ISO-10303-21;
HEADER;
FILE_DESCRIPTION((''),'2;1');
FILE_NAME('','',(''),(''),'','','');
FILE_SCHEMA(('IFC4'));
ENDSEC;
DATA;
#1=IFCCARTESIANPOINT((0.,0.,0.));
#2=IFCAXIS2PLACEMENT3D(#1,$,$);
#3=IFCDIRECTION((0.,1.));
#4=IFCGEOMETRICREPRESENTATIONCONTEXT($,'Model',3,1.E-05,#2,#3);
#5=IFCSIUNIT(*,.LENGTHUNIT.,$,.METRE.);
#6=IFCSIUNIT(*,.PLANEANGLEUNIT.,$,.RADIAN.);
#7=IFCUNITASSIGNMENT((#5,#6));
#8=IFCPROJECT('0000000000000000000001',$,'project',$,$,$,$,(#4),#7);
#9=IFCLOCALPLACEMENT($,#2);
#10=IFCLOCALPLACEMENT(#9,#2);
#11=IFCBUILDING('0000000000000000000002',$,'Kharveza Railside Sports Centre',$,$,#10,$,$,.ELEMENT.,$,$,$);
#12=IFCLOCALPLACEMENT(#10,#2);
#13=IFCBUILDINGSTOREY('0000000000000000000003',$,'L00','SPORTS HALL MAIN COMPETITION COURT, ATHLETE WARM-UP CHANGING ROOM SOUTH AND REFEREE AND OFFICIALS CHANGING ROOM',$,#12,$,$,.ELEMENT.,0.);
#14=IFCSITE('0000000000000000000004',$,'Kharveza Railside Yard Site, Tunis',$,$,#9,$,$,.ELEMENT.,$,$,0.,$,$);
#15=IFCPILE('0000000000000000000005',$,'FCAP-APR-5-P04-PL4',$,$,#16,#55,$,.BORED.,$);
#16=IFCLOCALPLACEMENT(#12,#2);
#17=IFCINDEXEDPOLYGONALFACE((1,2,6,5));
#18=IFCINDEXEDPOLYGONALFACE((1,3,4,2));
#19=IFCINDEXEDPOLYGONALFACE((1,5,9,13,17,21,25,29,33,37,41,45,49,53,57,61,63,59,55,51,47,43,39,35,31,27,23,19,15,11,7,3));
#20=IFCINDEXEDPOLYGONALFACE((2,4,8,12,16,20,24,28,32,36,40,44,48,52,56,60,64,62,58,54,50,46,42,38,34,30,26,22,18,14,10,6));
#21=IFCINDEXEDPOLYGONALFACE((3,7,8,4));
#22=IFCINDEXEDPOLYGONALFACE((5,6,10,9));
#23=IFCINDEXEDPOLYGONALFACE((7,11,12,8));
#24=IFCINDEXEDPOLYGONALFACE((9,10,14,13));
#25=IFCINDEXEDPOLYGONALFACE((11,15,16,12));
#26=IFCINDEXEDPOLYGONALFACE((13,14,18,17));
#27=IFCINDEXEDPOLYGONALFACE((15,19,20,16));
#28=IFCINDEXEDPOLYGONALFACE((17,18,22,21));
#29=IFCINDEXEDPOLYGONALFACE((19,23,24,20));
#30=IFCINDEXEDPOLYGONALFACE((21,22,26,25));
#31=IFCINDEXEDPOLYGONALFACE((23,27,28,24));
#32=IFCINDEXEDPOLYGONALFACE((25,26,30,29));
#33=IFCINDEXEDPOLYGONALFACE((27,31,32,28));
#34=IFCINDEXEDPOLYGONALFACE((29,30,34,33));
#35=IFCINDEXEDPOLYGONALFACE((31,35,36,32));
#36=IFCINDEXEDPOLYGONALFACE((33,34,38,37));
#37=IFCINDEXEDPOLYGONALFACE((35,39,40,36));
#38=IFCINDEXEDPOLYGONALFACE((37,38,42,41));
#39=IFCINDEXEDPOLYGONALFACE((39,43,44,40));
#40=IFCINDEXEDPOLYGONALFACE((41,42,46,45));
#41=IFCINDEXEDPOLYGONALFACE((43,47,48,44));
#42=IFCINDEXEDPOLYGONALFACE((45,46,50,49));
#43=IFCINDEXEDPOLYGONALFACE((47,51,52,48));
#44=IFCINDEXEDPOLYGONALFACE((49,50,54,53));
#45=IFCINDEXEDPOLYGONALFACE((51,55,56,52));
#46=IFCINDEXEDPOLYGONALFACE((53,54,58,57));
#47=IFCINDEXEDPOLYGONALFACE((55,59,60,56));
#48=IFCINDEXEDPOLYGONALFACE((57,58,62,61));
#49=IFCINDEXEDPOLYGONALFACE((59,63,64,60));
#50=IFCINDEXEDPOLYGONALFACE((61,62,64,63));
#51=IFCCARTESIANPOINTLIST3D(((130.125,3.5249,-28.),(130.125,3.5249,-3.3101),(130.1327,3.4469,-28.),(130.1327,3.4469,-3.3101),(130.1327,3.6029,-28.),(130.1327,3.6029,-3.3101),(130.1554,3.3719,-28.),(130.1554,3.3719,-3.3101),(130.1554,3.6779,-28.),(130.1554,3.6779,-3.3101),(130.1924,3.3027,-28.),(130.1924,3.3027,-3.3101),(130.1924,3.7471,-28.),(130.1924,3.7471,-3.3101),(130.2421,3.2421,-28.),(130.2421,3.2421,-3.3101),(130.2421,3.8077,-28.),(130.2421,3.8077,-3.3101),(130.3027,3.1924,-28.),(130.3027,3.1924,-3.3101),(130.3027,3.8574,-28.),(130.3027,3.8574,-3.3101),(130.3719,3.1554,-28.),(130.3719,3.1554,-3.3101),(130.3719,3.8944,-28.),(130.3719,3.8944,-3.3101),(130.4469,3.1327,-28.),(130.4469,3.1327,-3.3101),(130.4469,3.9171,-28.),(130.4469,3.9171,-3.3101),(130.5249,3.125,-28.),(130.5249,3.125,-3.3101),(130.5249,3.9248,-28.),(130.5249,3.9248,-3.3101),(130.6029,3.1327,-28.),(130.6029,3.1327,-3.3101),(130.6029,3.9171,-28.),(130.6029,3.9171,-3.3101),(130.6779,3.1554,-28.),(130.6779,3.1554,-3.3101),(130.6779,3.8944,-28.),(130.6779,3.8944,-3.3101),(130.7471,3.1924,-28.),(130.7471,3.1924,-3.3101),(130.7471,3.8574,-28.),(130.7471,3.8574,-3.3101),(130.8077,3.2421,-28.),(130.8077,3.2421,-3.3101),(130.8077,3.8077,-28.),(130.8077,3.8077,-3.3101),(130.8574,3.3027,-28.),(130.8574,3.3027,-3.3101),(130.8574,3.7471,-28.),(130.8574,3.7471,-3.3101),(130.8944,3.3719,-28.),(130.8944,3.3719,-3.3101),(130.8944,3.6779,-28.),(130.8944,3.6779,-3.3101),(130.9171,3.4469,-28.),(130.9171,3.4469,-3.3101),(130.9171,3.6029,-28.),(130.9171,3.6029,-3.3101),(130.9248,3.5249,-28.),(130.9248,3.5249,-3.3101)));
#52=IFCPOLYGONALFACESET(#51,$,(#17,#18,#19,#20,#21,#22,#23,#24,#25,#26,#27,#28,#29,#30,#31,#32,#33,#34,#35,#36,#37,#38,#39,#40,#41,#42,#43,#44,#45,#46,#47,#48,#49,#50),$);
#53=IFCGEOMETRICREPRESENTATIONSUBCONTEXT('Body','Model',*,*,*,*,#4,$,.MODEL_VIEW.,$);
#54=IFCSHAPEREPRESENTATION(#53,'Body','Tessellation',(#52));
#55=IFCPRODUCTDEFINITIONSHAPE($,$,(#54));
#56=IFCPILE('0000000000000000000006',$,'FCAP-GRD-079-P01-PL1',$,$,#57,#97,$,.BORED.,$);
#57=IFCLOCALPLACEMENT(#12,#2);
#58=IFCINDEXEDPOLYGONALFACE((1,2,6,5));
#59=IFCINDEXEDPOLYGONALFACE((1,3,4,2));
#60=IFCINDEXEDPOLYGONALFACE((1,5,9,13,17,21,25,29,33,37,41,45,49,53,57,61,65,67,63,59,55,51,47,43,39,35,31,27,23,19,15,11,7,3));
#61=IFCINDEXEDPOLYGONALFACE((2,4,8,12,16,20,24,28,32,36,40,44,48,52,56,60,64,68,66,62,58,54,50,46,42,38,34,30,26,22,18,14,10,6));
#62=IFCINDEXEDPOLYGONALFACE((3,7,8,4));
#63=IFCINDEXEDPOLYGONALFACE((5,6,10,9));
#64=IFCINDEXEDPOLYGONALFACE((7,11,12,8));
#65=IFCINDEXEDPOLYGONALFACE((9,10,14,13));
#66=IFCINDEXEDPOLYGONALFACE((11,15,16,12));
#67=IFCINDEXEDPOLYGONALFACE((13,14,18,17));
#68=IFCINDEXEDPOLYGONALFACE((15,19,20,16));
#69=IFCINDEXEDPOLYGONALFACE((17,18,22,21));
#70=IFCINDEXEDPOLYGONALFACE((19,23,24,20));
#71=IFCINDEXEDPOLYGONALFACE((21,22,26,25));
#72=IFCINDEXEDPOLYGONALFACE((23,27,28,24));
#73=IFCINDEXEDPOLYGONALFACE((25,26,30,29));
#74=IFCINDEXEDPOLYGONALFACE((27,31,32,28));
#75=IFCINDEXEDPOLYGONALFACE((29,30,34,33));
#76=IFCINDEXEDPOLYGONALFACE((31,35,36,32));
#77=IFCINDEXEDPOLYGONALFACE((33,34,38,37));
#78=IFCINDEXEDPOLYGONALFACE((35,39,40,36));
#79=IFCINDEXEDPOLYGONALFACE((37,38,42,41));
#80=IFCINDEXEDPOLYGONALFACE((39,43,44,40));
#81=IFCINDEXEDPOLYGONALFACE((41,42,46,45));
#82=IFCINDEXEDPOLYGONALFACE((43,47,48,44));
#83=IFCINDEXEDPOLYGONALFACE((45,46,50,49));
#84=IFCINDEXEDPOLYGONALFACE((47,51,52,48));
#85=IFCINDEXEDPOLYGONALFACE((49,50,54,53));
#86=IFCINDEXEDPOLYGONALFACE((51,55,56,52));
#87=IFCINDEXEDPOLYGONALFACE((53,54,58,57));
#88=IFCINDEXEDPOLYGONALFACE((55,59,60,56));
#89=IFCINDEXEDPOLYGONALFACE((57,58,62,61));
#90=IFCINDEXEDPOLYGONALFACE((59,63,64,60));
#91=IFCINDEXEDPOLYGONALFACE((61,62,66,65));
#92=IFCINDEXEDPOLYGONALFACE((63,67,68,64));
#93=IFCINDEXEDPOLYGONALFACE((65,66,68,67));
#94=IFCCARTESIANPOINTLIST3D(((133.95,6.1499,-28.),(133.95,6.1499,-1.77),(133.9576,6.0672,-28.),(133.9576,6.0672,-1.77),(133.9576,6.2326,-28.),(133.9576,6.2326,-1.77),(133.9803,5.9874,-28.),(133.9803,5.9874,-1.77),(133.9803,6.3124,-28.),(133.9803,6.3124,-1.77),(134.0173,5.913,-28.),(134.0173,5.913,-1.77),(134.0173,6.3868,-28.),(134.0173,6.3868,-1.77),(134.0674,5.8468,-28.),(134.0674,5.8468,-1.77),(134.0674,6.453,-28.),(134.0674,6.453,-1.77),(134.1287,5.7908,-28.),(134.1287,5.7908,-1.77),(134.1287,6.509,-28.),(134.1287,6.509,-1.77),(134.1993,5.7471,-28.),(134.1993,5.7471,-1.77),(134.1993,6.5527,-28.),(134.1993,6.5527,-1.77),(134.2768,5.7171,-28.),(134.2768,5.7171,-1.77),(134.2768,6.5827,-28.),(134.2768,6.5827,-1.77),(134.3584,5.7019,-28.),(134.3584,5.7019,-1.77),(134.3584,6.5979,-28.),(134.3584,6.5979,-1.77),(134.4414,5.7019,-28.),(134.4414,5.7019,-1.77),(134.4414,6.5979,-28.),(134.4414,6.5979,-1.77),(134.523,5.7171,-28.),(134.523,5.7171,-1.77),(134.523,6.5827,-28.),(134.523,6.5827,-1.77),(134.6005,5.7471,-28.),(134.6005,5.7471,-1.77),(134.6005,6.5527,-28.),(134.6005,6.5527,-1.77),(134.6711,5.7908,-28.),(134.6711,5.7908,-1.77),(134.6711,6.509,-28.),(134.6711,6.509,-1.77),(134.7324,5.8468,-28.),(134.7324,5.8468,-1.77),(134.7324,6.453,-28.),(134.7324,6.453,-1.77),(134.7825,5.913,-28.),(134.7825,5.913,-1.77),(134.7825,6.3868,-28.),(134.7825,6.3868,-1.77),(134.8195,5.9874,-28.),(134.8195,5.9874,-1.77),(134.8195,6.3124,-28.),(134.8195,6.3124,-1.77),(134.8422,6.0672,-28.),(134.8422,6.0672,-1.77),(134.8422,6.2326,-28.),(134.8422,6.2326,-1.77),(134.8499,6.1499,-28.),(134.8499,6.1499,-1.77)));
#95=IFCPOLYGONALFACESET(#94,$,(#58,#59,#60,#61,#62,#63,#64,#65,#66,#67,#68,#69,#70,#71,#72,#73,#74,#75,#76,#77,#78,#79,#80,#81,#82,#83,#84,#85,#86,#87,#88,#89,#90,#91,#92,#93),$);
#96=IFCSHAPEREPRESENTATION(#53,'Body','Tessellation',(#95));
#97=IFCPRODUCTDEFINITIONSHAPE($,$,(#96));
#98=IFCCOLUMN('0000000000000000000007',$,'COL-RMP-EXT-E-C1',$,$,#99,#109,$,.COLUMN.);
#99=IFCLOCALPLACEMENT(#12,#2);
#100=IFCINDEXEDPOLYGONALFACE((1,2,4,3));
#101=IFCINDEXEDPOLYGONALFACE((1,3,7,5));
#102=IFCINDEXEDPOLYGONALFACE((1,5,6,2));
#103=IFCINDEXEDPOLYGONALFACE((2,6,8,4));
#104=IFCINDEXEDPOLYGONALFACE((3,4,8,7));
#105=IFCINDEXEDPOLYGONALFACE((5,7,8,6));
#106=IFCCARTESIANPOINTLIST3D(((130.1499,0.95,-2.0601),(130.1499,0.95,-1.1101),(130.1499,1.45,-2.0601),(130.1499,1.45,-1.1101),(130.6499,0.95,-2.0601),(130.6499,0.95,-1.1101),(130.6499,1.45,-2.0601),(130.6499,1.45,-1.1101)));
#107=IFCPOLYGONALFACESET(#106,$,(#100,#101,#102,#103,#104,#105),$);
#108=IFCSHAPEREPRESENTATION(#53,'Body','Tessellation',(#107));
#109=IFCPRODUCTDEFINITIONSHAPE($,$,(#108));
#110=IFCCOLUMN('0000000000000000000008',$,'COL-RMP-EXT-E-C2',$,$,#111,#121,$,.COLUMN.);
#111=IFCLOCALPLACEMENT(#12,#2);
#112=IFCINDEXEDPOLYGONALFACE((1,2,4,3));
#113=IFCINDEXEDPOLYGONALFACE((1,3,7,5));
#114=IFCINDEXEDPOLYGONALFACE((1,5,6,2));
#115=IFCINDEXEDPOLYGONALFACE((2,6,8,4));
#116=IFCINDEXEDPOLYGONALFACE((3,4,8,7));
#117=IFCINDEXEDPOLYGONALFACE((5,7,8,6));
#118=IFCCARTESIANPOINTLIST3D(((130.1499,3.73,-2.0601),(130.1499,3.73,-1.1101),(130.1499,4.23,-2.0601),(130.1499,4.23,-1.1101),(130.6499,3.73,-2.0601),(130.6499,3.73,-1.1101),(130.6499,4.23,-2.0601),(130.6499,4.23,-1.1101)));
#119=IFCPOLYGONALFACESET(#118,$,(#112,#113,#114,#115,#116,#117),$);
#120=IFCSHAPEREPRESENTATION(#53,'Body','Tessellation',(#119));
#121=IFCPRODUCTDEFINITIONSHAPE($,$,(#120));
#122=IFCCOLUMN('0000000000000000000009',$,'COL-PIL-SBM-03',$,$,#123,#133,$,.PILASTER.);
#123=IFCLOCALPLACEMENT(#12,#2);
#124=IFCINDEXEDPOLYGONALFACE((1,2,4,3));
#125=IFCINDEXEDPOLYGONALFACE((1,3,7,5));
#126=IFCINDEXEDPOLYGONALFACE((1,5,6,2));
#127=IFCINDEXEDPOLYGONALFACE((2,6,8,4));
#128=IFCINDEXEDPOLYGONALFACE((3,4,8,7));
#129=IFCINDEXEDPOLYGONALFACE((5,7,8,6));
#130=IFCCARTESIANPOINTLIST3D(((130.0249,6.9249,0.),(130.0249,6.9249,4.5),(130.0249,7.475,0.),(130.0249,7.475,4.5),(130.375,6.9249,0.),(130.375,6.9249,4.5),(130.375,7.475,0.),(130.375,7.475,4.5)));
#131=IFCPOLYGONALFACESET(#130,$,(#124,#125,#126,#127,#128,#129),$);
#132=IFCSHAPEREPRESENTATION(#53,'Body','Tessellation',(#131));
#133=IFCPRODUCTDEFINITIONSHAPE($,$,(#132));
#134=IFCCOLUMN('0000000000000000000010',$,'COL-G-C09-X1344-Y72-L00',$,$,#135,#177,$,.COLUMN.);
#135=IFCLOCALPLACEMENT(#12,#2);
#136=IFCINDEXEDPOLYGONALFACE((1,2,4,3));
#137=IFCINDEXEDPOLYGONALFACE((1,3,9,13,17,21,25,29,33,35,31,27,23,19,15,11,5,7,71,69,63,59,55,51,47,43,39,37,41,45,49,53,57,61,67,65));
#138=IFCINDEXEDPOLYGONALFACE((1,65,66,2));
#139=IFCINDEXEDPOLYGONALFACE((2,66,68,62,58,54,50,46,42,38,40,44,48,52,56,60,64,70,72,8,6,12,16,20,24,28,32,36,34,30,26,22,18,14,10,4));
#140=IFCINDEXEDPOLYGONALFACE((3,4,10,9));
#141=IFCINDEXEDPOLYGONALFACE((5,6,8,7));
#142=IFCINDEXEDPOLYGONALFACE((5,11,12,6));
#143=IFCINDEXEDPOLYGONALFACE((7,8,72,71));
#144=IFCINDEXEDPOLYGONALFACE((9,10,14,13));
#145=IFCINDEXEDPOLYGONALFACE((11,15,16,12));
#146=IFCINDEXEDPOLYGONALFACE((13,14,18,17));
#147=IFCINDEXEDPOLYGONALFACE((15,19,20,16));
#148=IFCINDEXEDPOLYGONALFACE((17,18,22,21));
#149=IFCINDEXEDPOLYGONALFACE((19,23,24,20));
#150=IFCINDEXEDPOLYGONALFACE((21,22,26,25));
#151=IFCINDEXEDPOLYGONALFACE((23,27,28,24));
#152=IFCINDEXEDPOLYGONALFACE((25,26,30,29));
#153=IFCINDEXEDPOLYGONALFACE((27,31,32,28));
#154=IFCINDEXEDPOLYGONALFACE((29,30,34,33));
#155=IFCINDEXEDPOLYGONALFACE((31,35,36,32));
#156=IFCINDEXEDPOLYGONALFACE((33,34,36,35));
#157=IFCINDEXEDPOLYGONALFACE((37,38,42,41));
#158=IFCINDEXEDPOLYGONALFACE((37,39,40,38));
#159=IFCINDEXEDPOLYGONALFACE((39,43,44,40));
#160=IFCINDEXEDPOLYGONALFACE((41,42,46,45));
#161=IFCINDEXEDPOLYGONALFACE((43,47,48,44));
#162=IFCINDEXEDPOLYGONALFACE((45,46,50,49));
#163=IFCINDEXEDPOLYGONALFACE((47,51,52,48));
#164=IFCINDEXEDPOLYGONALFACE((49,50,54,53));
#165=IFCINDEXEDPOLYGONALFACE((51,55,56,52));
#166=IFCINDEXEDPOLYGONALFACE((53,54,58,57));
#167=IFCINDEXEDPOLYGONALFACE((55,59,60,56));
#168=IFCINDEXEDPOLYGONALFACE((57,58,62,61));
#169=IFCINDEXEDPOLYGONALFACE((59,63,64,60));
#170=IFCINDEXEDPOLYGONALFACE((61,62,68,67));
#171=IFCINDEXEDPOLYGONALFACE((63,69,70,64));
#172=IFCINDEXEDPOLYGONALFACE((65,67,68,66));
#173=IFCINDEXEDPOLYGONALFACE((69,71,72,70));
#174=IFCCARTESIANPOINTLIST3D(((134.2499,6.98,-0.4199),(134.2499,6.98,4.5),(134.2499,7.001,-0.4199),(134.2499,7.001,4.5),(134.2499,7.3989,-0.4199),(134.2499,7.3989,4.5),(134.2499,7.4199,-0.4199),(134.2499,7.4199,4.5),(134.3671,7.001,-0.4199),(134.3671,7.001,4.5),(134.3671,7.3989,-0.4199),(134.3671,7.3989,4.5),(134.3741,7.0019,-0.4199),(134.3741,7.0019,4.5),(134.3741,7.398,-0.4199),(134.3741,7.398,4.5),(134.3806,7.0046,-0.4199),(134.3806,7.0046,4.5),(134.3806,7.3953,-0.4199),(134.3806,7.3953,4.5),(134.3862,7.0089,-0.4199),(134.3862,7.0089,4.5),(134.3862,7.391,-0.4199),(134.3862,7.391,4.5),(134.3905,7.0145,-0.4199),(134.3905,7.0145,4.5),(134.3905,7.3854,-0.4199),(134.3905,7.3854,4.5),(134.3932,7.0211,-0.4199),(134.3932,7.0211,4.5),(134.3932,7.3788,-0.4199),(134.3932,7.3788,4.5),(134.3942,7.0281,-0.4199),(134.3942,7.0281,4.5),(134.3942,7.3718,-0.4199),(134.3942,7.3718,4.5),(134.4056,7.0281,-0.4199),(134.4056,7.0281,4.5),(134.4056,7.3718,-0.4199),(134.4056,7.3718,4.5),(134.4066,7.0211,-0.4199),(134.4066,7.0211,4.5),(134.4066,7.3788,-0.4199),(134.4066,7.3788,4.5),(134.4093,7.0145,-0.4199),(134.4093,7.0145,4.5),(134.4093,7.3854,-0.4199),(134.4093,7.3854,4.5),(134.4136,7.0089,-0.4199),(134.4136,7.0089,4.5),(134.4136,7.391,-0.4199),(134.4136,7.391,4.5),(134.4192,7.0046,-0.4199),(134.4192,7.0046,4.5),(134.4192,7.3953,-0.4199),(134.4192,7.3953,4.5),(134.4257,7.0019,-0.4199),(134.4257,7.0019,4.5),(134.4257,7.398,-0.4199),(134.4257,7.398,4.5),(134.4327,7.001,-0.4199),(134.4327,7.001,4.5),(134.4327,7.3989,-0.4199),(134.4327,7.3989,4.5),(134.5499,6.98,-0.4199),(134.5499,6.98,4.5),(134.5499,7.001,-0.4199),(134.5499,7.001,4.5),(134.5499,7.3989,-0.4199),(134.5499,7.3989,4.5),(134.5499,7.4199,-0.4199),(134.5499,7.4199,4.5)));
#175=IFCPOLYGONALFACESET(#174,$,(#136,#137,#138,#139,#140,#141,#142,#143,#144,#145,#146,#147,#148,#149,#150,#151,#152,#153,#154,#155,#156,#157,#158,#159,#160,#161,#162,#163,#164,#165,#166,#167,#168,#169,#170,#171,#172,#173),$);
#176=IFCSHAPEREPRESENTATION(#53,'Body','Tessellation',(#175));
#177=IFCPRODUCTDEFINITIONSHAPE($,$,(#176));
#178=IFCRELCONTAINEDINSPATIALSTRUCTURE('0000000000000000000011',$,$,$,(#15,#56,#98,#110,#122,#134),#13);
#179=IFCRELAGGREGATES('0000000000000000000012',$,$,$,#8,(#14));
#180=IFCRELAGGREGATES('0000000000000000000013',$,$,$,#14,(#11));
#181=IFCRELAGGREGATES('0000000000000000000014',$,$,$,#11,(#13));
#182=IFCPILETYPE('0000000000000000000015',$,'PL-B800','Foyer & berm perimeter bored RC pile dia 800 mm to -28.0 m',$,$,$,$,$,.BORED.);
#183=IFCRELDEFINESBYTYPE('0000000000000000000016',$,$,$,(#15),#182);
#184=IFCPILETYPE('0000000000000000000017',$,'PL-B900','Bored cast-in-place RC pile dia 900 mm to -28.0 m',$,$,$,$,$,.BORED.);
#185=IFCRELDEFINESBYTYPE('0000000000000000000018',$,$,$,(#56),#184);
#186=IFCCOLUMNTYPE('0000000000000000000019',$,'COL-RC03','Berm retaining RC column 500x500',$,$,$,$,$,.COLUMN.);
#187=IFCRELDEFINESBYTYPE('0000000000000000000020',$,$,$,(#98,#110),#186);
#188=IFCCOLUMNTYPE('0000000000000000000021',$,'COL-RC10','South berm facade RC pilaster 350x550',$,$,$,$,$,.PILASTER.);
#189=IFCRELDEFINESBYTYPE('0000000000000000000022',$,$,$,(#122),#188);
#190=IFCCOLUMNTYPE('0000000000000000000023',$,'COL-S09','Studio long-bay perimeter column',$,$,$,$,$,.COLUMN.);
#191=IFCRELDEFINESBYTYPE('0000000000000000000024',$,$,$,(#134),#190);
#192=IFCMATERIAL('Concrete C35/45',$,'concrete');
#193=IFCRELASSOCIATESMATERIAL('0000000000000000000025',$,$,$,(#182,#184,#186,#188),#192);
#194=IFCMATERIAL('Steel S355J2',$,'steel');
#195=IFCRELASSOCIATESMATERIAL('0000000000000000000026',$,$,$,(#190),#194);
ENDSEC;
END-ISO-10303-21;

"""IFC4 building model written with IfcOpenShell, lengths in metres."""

from ifc_helpers import new_model, si_unit, direction, frame, origin, origin_2d, place, context, subcontext, project, spatial, rectangle, circle, i_section, extrude, material, material_profile, profile_set, type_object, element, save


model = new_model("IFC4")

# Units and contexts
model_context = context("Model", 3, precision=1e-05, world=origin(), true_north=direction((0.0, 1.0)))
body_context = subcontext(model_context, "Body", "Model", "MODEL_VIEW")
ifc_project = project(units=[si_unit("LENGTHUNIT", "METRE"), si_unit("PLANEANGLEUNIT", "RADIAN")], contexts=[model_context])

# Site, building, storey
site_placement = place(None, origin())
site = spatial("IfcSite", under=ifc_project, at=site_placement, Name="Kharveza Railside Yard Site, Tunis", CompositionType="ELEMENT", RefElevation=0.0)
building_placement = place(site_placement, origin())
building = spatial("IfcBuilding", under=site, at=building_placement, Name="Kharveza Railside Sports Centre", CompositionType="ELEMENT")
storey_placement = place(building_placement, origin())
storey = spatial("IfcBuildingStorey", under=building, at=storey_placement, Name="L00", Description="SPORTS HALL MAIN COMPETITION COURT, ATHLETE WARM-UP CHANGING ROOM SOUTH AND REFEREE AND OFFICIALS CHANGING ROOM", CompositionType="ELEMENT", Elevation=0.0)

# Shared definitions
ifc_material_1 = material(Name="Concrete C35/45", Category="concrete")

# Piles
ifc_material_profile_1 = material_profile(ifc_material_1, circle(Radius=0.3999, at=origin_2d()), Name="PILE D800")
ifc_profile_set_1 = profile_set([ifc_material_profile_1], Name="Concrete C35/45")
pile_type_1 = type_object("IfcPileType", Name="PL-B800", Description="Foyer & berm perimeter bored RC pile dia 800 mm to -28.0 m", PredefinedType="BORED", material=ifc_profile_set_1)
for number, where, z_axis, x_axis, name in (
    (1, (130.5249, 3.5249, -3.3101), (0.0, 0.0, -1.0), (1.0, 0.0, 0.0), "FCAP-APR-5-P04-PL4"),
):
    element("IfcPile", number, at=place(storey_placement, frame(where, z_axis=z_axis, x_axis=x_axis)), inside=storey, type_object=pile_type_1, Name=name, PredefinedType="BORED", context=body_context, shape_type="SweptSolid", body=[
        extrude(circle(Radius=0.3999, at=origin_2d()), origin(), (0.0, 0.0, 1.0), 24.6899),
    ])
ifc_material_profile_2 = material_profile(ifc_material_1, circle(Radius=0.45, at=origin_2d()), Name="PILE D900")
ifc_profile_set_2 = profile_set([ifc_material_profile_2], Name="Concrete C35/45")
pile_type_2 = type_object("IfcPileType", Name="PL-B900", Description="Bored cast-in-place RC pile dia 900 mm to -28.0 m", PredefinedType="BORED", material=ifc_profile_set_2)
pile_placement = place(storey_placement, frame((134.3999, 6.1499, -1.77), z_axis=(0.0, 0.0, -1.0), x_axis=(1.0, 0.0, 0.0)))
element("IfcPile", 2, at=pile_placement, inside=storey, type_object=pile_type_2, Name="FCAP-GRD-079-P01-PL1", PredefinedType="BORED", context=body_context, shape_type="SweptSolid", body=[
    extrude(circle(Radius=0.45, at=origin_2d()), origin(), (0.0, 0.0, 1.0), 26.23),
])

# Columns
ifc_material_profile_3 = material_profile(ifc_material_1, rectangle(XDim=0.5, YDim=0.5, at=origin_2d()), Name="RC 500x500")
ifc_profile_set_3 = profile_set([ifc_material_profile_3], Name="Concrete C35/45")
column_type_1 = type_object("IfcColumnType", Name="COL-RC03", Description="Berm retaining RC column 500x500", PredefinedType="COLUMN", material=ifc_profile_set_3)
for number, where, z_axis, x_axis, name in (
    (3, (130.3999, 1.2, -2.0601), (0.0, 0.0, 1.0), (1.0, 0.0, 0.0), "COL-RMP-EXT-E-C1"),
    (4, (130.3999, 3.98, -2.0601), (0.0, 0.0, 1.0), (1.0, 0.0, 0.0), "COL-RMP-EXT-E-C2"),
):
    element("IfcColumn", number, at=place(storey_placement, frame(where, z_axis=z_axis, x_axis=x_axis)), inside=storey, type_object=column_type_1, Name=name, PredefinedType="COLUMN", context=body_context, shape_type="SweptSolid", body=[
        extrude(rectangle(XDim=0.5, YDim=0.5, at=origin_2d()), origin(), (0.0, 0.0, 1.0), 0.95),
    ])
ifc_material_profile_4 = material_profile(ifc_material_1, rectangle(XDim=0.3501, YDim=0.55, at=origin_2d()), Name="RC 350x550")
ifc_profile_set_4 = profile_set([ifc_material_profile_4], Name="Concrete C35/45")
column_type_2 = type_object("IfcColumnType", Name="COL-RC10", Description="South berm facade RC pilaster 350x550", PredefinedType="PILASTER", material=ifc_profile_set_4)
column_1_placement = place(storey_placement, frame((130.2, 7.2, 0.0), z_axis=(0.0, 0.0, 1.0), x_axis=(1.0, 0.0, 0.0)))
element("IfcColumn", 5, at=column_1_placement, inside=storey, type_object=column_type_2, Name="COL-PIL-SBM-03", PredefinedType="PILASTER", context=body_context, shape_type="SweptSolid", body=[
    extrude(rectangle(XDim=0.3501, YDim=0.55, at=origin_2d()), origin(), (0.0, 0.0, 1.0), 4.5),
])
ifc_material_2 = material(Name="Steel S355J2", Category="steel")
ifc_material_profile_5 = material_profile(ifc_material_2, i_section(OverallWidth=0.3, OverallDepth=0.4399, WebThickness=0.0115, FlangeThickness=0.021, FilletRadius=0.0271, at=origin_2d()), Name="HEA 450")
ifc_profile_set_5 = profile_set([ifc_material_profile_5], Name="Steel S355J2")
column_type_3 = type_object("IfcColumnType", Name="COL-S09", Description="Studio long-bay perimeter column", PredefinedType="COLUMN", material=ifc_profile_set_5)
column_2_placement = place(storey_placement, frame((134.3999, 7.2, -0.4199), z_axis=(0.0, 0.0, 1.0), x_axis=(1.0, 0.0, 0.0)))
element("IfcColumn", 6, at=column_2_placement, inside=storey, type_object=column_type_3, Name="COL-G-C09-X1344-Y72-L00", PredefinedType="COLUMN", context=body_context, shape_type="SweptSolid", body=[
    extrude(i_section(OverallWidth=0.3, OverallDepth=0.4399, WebThickness=0.0115, FlangeThickness=0.021, FilletRadius=0.0271, at=origin_2d()), origin(), (0.0, 0.0, 1.0), 4.9199),
])

save(model, "model.ifc")
